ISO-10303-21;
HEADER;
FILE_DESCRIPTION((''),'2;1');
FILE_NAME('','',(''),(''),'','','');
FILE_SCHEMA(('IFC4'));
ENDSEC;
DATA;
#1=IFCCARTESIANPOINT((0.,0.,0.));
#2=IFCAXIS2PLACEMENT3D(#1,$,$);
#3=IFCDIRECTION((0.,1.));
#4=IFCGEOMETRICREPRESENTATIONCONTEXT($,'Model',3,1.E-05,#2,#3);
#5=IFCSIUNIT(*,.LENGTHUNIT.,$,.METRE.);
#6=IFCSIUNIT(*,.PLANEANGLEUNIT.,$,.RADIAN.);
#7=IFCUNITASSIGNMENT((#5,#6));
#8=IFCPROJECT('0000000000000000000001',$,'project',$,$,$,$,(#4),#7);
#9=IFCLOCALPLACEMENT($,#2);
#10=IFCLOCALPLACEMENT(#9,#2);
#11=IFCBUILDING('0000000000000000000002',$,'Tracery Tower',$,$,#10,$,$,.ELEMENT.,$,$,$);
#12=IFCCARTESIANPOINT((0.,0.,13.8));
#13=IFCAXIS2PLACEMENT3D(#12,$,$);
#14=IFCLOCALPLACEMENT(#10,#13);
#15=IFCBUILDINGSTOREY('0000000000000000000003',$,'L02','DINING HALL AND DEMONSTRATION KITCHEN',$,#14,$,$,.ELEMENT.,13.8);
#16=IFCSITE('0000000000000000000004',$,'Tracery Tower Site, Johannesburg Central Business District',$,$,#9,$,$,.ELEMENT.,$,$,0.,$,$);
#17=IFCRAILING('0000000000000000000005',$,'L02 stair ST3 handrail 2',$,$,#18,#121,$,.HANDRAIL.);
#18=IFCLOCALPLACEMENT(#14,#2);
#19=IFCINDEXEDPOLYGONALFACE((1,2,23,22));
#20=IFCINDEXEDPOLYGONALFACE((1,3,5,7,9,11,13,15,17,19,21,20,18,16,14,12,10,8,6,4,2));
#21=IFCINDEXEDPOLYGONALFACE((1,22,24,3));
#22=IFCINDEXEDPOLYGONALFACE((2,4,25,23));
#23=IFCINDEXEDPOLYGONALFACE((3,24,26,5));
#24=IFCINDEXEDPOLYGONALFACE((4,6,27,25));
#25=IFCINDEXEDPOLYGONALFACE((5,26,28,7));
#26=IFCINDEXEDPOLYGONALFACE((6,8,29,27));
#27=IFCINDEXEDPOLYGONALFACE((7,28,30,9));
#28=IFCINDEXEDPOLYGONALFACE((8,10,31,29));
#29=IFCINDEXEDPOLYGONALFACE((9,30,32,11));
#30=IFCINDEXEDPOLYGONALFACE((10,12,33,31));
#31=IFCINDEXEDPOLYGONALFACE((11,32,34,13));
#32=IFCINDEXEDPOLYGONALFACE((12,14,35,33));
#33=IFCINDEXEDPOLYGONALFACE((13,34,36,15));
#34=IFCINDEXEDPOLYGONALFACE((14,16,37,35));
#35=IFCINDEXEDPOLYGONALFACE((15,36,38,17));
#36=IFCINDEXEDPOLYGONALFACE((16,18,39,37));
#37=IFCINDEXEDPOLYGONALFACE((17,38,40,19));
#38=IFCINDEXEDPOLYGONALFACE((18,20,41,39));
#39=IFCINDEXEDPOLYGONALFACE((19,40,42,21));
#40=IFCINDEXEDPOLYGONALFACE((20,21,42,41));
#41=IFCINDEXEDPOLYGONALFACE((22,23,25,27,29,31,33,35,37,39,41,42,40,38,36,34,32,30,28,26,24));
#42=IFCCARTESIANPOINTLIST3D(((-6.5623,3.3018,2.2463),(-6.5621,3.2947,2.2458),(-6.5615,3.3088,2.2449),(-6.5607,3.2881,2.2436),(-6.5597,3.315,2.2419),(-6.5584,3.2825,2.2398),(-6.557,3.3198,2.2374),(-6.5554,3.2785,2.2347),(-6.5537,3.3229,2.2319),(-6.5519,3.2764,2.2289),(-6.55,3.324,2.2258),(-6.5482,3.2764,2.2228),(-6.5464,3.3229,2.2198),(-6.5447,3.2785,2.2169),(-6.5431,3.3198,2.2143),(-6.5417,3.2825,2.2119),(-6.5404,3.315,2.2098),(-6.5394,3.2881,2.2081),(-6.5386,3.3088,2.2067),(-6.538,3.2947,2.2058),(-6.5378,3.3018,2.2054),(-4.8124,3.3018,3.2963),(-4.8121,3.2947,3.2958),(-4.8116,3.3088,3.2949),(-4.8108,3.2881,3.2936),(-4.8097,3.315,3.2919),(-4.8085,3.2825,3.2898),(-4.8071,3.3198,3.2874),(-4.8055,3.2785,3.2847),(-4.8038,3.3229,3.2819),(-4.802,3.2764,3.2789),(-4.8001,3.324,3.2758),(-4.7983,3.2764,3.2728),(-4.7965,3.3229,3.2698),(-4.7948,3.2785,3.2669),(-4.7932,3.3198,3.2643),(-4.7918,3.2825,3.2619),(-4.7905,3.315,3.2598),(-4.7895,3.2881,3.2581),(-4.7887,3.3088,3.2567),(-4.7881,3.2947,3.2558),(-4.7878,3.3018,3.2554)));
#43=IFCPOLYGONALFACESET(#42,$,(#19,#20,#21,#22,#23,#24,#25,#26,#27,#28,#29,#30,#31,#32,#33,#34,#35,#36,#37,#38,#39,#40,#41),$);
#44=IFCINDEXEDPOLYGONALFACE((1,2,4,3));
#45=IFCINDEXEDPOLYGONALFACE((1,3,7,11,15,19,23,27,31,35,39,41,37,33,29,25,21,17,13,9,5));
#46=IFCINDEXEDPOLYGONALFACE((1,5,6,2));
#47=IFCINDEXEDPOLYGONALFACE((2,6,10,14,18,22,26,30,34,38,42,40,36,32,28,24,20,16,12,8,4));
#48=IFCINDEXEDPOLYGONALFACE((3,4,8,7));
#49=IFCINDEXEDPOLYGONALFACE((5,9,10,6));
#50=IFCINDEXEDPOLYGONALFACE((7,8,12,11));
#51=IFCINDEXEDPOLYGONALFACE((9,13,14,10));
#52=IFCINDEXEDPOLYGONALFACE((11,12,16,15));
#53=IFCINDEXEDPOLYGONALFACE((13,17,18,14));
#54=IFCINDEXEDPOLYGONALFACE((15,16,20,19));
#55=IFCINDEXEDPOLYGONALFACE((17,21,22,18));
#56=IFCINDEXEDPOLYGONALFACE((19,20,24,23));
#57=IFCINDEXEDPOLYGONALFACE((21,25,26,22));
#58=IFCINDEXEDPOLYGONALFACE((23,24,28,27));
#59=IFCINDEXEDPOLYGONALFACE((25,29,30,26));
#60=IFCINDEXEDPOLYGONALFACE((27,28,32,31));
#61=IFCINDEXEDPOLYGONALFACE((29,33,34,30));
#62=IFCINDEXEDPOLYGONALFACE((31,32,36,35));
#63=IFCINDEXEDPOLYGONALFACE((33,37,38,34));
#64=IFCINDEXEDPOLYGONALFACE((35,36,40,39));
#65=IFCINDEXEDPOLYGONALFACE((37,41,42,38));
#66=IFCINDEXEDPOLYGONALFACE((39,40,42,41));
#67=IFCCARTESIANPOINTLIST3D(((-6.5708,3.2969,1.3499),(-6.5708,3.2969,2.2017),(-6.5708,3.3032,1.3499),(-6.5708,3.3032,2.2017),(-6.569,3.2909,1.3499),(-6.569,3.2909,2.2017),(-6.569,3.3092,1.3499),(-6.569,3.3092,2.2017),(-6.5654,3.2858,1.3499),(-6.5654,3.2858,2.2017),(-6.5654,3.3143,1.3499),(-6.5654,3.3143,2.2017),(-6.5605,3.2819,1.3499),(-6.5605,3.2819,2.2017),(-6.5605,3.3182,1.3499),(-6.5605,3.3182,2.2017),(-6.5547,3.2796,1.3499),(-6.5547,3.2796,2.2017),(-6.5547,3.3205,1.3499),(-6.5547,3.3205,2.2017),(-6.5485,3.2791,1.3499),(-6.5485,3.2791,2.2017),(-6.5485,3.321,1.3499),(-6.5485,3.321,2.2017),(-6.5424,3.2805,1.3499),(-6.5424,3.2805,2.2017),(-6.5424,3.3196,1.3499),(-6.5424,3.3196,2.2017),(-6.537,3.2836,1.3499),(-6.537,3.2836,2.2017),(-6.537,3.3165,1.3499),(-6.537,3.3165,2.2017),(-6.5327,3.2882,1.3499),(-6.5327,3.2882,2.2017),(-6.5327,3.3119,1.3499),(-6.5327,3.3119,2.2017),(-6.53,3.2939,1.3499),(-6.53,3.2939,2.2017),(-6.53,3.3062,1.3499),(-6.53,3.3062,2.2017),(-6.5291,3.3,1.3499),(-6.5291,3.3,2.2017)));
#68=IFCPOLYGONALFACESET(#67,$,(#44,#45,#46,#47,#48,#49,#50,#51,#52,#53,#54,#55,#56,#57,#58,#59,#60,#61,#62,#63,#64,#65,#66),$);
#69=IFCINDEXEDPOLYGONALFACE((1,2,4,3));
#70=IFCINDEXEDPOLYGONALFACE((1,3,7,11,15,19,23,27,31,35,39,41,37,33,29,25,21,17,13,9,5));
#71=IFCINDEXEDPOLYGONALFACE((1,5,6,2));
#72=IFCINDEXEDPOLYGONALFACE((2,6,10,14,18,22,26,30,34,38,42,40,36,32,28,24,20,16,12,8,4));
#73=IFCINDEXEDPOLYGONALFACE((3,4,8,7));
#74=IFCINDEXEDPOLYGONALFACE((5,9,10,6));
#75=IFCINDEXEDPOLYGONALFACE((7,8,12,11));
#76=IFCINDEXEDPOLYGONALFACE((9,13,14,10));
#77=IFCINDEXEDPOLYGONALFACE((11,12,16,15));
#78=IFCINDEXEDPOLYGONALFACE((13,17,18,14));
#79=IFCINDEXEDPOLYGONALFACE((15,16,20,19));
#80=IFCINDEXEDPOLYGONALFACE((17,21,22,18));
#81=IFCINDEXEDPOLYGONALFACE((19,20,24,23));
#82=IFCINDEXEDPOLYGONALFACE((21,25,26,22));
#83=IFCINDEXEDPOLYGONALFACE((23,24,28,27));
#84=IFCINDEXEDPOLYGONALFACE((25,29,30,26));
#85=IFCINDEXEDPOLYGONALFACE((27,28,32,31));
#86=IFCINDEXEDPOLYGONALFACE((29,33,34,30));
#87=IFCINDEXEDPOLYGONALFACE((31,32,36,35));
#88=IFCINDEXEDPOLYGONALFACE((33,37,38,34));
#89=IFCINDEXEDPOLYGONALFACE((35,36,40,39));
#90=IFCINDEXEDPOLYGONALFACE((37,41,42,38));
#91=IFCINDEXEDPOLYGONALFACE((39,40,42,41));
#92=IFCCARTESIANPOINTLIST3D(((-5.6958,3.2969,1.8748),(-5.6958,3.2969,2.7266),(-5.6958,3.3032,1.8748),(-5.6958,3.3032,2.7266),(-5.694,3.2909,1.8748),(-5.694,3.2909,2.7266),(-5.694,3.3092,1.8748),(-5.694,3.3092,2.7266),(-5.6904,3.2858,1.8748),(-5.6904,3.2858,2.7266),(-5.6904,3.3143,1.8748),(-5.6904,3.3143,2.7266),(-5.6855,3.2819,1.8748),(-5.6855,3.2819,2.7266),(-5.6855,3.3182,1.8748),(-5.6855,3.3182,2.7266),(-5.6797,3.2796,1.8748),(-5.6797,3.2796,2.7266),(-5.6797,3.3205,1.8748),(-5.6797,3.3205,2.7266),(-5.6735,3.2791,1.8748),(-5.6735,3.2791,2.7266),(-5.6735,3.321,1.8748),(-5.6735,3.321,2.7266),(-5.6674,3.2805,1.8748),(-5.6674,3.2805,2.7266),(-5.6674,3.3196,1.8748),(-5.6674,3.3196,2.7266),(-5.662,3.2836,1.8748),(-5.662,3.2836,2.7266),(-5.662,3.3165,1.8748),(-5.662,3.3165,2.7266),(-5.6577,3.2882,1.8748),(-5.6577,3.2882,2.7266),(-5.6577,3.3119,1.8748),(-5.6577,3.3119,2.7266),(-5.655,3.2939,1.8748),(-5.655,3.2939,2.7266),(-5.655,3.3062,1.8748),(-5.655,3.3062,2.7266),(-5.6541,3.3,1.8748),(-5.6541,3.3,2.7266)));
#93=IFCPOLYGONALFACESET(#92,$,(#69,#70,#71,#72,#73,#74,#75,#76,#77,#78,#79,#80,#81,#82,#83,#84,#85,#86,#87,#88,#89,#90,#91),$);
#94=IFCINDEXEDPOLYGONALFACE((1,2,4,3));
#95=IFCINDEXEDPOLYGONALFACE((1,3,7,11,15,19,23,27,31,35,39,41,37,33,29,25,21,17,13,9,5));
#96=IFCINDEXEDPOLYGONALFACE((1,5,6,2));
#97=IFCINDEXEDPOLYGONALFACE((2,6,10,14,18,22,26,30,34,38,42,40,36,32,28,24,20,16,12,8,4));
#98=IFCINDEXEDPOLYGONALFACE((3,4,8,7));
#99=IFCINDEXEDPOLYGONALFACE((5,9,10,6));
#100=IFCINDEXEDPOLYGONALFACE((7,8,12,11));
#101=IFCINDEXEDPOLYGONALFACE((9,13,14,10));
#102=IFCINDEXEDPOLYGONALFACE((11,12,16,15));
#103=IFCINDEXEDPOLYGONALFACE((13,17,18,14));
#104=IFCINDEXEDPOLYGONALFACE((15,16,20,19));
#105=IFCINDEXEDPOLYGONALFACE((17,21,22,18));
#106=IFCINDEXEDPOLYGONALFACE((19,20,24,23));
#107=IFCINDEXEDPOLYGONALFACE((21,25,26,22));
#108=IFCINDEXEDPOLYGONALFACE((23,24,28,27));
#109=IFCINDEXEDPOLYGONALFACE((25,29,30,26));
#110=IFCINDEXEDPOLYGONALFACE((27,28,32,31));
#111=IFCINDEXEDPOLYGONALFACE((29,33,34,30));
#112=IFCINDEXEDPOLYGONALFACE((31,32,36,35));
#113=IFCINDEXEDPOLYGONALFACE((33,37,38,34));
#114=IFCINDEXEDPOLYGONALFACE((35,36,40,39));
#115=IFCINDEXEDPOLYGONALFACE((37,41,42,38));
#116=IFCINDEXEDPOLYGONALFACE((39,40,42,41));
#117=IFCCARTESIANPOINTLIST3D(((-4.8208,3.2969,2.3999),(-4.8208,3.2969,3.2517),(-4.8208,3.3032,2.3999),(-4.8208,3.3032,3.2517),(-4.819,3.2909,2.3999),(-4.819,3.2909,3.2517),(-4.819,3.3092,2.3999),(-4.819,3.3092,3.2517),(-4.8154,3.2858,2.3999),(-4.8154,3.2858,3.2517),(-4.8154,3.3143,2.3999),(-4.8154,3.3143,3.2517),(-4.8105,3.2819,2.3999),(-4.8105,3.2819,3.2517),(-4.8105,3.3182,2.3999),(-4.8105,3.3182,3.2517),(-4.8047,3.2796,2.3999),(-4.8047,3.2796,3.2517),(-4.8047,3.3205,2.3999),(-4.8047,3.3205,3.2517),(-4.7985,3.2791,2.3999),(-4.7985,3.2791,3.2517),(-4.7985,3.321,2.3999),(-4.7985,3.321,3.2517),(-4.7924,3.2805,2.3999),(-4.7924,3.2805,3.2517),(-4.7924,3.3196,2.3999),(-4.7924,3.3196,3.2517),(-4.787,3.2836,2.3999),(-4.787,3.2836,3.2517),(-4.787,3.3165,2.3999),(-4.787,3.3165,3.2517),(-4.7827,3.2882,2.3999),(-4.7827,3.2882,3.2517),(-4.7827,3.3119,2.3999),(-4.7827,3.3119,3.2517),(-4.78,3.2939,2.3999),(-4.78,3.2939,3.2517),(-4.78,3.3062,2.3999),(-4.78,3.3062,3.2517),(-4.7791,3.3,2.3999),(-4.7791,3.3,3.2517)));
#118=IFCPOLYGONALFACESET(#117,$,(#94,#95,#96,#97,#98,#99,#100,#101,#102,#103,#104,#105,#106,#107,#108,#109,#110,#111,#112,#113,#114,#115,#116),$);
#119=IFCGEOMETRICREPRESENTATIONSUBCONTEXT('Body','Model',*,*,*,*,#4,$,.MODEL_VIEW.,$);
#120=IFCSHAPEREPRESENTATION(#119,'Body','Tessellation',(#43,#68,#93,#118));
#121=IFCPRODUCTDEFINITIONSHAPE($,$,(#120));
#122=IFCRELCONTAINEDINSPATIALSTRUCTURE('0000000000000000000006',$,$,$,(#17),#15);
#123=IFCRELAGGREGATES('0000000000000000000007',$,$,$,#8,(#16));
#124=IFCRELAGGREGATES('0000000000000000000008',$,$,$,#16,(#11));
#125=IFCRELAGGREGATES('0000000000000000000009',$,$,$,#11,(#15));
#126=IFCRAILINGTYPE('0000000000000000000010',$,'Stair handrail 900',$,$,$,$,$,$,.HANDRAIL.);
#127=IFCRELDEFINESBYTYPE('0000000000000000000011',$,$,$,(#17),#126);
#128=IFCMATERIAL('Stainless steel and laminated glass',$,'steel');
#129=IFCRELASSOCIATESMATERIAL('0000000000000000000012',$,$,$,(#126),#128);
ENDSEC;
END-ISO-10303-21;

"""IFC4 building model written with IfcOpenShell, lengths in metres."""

from ifc_helpers import new_model, si_unit, direction, frame, origin, origin_2d, place, context, subcontext, project, spatial, circle, extrude, material, type_object, element, save


model = new_model("IFC4")

# Units and contexts
model_context = context("Model", 3, precision=1e-05, world=origin(), true_north=direction((0.0, 1.0)))
body_context = subcontext(model_context, "Body", "Model", "MODEL_VIEW")
ifc_project = project(units=[si_unit("LENGTHUNIT", "METRE"), si_unit("PLANEANGLEUNIT", "RADIAN")], contexts=[model_context])

# Site, building, storey
site_placement = place(None, origin())
site = spatial("IfcSite", under=ifc_project, at=site_placement, Name="Tracery Tower Site, Johannesburg Central Business District", CompositionType="ELEMENT", RefElevation=0.0)
building_placement = place(site_placement, origin())
building = spatial("IfcBuilding", under=site, at=building_placement, Name="Tracery Tower", CompositionType="ELEMENT")
storey_placement = place(building_placement, frame((0.0, 0.0, 13.8)))
storey = spatial("IfcBuildingStorey", under=building, at=storey_placement, Name="L02", Description="DINING HALL AND DEMONSTRATION KITCHEN", CompositionType="ELEMENT", Elevation=13.8)

# Railing
ifc_material_1 = material(Name="Stainless steel and laminated glass", Category="steel")
railing_type_1 = type_object("IfcRailingType", Name="Stair handrail 900", PredefinedType="HANDRAIL", material=ifc_material_1)
railing_1_placement = place(storey_placement, frame((-6.55, 3.3, 1.3499)))
element("IfcRailing", 1, at=railing_1_placement, inside=storey, type_object=railing_type_1, Name="L02 stair ST3 handrail 2", PredefinedType="HANDRAIL", context=body_context, shape_type="SweptSolid", body=[
    extrude(circle(Radius=0.0239, at=origin_2d()), frame((0.0, 0.0, 0.876), z_axis=(0.857482, 0.0, 0.514513), x_axis=(0.0, 1.0, 0.0)), (0.0, 0.0, 1.0), 2.0408),
    extrude(circle(Radius=0.021, at=origin_2d()), origin(), (0.0, 0.0, 1.0), 0.8518),
    extrude(circle(Radius=0.021, at=origin_2d()), frame((0.875, 0.0, 0.5249)), (0.0, 0.0, 1.0), 0.8518),
    extrude(circle(Radius=0.021, at=origin_2d()), frame((1.75, 0.0, 1.05)), (0.0, 0.0, 1.0), 0.8518),
])

save(model, "model.ifc")
